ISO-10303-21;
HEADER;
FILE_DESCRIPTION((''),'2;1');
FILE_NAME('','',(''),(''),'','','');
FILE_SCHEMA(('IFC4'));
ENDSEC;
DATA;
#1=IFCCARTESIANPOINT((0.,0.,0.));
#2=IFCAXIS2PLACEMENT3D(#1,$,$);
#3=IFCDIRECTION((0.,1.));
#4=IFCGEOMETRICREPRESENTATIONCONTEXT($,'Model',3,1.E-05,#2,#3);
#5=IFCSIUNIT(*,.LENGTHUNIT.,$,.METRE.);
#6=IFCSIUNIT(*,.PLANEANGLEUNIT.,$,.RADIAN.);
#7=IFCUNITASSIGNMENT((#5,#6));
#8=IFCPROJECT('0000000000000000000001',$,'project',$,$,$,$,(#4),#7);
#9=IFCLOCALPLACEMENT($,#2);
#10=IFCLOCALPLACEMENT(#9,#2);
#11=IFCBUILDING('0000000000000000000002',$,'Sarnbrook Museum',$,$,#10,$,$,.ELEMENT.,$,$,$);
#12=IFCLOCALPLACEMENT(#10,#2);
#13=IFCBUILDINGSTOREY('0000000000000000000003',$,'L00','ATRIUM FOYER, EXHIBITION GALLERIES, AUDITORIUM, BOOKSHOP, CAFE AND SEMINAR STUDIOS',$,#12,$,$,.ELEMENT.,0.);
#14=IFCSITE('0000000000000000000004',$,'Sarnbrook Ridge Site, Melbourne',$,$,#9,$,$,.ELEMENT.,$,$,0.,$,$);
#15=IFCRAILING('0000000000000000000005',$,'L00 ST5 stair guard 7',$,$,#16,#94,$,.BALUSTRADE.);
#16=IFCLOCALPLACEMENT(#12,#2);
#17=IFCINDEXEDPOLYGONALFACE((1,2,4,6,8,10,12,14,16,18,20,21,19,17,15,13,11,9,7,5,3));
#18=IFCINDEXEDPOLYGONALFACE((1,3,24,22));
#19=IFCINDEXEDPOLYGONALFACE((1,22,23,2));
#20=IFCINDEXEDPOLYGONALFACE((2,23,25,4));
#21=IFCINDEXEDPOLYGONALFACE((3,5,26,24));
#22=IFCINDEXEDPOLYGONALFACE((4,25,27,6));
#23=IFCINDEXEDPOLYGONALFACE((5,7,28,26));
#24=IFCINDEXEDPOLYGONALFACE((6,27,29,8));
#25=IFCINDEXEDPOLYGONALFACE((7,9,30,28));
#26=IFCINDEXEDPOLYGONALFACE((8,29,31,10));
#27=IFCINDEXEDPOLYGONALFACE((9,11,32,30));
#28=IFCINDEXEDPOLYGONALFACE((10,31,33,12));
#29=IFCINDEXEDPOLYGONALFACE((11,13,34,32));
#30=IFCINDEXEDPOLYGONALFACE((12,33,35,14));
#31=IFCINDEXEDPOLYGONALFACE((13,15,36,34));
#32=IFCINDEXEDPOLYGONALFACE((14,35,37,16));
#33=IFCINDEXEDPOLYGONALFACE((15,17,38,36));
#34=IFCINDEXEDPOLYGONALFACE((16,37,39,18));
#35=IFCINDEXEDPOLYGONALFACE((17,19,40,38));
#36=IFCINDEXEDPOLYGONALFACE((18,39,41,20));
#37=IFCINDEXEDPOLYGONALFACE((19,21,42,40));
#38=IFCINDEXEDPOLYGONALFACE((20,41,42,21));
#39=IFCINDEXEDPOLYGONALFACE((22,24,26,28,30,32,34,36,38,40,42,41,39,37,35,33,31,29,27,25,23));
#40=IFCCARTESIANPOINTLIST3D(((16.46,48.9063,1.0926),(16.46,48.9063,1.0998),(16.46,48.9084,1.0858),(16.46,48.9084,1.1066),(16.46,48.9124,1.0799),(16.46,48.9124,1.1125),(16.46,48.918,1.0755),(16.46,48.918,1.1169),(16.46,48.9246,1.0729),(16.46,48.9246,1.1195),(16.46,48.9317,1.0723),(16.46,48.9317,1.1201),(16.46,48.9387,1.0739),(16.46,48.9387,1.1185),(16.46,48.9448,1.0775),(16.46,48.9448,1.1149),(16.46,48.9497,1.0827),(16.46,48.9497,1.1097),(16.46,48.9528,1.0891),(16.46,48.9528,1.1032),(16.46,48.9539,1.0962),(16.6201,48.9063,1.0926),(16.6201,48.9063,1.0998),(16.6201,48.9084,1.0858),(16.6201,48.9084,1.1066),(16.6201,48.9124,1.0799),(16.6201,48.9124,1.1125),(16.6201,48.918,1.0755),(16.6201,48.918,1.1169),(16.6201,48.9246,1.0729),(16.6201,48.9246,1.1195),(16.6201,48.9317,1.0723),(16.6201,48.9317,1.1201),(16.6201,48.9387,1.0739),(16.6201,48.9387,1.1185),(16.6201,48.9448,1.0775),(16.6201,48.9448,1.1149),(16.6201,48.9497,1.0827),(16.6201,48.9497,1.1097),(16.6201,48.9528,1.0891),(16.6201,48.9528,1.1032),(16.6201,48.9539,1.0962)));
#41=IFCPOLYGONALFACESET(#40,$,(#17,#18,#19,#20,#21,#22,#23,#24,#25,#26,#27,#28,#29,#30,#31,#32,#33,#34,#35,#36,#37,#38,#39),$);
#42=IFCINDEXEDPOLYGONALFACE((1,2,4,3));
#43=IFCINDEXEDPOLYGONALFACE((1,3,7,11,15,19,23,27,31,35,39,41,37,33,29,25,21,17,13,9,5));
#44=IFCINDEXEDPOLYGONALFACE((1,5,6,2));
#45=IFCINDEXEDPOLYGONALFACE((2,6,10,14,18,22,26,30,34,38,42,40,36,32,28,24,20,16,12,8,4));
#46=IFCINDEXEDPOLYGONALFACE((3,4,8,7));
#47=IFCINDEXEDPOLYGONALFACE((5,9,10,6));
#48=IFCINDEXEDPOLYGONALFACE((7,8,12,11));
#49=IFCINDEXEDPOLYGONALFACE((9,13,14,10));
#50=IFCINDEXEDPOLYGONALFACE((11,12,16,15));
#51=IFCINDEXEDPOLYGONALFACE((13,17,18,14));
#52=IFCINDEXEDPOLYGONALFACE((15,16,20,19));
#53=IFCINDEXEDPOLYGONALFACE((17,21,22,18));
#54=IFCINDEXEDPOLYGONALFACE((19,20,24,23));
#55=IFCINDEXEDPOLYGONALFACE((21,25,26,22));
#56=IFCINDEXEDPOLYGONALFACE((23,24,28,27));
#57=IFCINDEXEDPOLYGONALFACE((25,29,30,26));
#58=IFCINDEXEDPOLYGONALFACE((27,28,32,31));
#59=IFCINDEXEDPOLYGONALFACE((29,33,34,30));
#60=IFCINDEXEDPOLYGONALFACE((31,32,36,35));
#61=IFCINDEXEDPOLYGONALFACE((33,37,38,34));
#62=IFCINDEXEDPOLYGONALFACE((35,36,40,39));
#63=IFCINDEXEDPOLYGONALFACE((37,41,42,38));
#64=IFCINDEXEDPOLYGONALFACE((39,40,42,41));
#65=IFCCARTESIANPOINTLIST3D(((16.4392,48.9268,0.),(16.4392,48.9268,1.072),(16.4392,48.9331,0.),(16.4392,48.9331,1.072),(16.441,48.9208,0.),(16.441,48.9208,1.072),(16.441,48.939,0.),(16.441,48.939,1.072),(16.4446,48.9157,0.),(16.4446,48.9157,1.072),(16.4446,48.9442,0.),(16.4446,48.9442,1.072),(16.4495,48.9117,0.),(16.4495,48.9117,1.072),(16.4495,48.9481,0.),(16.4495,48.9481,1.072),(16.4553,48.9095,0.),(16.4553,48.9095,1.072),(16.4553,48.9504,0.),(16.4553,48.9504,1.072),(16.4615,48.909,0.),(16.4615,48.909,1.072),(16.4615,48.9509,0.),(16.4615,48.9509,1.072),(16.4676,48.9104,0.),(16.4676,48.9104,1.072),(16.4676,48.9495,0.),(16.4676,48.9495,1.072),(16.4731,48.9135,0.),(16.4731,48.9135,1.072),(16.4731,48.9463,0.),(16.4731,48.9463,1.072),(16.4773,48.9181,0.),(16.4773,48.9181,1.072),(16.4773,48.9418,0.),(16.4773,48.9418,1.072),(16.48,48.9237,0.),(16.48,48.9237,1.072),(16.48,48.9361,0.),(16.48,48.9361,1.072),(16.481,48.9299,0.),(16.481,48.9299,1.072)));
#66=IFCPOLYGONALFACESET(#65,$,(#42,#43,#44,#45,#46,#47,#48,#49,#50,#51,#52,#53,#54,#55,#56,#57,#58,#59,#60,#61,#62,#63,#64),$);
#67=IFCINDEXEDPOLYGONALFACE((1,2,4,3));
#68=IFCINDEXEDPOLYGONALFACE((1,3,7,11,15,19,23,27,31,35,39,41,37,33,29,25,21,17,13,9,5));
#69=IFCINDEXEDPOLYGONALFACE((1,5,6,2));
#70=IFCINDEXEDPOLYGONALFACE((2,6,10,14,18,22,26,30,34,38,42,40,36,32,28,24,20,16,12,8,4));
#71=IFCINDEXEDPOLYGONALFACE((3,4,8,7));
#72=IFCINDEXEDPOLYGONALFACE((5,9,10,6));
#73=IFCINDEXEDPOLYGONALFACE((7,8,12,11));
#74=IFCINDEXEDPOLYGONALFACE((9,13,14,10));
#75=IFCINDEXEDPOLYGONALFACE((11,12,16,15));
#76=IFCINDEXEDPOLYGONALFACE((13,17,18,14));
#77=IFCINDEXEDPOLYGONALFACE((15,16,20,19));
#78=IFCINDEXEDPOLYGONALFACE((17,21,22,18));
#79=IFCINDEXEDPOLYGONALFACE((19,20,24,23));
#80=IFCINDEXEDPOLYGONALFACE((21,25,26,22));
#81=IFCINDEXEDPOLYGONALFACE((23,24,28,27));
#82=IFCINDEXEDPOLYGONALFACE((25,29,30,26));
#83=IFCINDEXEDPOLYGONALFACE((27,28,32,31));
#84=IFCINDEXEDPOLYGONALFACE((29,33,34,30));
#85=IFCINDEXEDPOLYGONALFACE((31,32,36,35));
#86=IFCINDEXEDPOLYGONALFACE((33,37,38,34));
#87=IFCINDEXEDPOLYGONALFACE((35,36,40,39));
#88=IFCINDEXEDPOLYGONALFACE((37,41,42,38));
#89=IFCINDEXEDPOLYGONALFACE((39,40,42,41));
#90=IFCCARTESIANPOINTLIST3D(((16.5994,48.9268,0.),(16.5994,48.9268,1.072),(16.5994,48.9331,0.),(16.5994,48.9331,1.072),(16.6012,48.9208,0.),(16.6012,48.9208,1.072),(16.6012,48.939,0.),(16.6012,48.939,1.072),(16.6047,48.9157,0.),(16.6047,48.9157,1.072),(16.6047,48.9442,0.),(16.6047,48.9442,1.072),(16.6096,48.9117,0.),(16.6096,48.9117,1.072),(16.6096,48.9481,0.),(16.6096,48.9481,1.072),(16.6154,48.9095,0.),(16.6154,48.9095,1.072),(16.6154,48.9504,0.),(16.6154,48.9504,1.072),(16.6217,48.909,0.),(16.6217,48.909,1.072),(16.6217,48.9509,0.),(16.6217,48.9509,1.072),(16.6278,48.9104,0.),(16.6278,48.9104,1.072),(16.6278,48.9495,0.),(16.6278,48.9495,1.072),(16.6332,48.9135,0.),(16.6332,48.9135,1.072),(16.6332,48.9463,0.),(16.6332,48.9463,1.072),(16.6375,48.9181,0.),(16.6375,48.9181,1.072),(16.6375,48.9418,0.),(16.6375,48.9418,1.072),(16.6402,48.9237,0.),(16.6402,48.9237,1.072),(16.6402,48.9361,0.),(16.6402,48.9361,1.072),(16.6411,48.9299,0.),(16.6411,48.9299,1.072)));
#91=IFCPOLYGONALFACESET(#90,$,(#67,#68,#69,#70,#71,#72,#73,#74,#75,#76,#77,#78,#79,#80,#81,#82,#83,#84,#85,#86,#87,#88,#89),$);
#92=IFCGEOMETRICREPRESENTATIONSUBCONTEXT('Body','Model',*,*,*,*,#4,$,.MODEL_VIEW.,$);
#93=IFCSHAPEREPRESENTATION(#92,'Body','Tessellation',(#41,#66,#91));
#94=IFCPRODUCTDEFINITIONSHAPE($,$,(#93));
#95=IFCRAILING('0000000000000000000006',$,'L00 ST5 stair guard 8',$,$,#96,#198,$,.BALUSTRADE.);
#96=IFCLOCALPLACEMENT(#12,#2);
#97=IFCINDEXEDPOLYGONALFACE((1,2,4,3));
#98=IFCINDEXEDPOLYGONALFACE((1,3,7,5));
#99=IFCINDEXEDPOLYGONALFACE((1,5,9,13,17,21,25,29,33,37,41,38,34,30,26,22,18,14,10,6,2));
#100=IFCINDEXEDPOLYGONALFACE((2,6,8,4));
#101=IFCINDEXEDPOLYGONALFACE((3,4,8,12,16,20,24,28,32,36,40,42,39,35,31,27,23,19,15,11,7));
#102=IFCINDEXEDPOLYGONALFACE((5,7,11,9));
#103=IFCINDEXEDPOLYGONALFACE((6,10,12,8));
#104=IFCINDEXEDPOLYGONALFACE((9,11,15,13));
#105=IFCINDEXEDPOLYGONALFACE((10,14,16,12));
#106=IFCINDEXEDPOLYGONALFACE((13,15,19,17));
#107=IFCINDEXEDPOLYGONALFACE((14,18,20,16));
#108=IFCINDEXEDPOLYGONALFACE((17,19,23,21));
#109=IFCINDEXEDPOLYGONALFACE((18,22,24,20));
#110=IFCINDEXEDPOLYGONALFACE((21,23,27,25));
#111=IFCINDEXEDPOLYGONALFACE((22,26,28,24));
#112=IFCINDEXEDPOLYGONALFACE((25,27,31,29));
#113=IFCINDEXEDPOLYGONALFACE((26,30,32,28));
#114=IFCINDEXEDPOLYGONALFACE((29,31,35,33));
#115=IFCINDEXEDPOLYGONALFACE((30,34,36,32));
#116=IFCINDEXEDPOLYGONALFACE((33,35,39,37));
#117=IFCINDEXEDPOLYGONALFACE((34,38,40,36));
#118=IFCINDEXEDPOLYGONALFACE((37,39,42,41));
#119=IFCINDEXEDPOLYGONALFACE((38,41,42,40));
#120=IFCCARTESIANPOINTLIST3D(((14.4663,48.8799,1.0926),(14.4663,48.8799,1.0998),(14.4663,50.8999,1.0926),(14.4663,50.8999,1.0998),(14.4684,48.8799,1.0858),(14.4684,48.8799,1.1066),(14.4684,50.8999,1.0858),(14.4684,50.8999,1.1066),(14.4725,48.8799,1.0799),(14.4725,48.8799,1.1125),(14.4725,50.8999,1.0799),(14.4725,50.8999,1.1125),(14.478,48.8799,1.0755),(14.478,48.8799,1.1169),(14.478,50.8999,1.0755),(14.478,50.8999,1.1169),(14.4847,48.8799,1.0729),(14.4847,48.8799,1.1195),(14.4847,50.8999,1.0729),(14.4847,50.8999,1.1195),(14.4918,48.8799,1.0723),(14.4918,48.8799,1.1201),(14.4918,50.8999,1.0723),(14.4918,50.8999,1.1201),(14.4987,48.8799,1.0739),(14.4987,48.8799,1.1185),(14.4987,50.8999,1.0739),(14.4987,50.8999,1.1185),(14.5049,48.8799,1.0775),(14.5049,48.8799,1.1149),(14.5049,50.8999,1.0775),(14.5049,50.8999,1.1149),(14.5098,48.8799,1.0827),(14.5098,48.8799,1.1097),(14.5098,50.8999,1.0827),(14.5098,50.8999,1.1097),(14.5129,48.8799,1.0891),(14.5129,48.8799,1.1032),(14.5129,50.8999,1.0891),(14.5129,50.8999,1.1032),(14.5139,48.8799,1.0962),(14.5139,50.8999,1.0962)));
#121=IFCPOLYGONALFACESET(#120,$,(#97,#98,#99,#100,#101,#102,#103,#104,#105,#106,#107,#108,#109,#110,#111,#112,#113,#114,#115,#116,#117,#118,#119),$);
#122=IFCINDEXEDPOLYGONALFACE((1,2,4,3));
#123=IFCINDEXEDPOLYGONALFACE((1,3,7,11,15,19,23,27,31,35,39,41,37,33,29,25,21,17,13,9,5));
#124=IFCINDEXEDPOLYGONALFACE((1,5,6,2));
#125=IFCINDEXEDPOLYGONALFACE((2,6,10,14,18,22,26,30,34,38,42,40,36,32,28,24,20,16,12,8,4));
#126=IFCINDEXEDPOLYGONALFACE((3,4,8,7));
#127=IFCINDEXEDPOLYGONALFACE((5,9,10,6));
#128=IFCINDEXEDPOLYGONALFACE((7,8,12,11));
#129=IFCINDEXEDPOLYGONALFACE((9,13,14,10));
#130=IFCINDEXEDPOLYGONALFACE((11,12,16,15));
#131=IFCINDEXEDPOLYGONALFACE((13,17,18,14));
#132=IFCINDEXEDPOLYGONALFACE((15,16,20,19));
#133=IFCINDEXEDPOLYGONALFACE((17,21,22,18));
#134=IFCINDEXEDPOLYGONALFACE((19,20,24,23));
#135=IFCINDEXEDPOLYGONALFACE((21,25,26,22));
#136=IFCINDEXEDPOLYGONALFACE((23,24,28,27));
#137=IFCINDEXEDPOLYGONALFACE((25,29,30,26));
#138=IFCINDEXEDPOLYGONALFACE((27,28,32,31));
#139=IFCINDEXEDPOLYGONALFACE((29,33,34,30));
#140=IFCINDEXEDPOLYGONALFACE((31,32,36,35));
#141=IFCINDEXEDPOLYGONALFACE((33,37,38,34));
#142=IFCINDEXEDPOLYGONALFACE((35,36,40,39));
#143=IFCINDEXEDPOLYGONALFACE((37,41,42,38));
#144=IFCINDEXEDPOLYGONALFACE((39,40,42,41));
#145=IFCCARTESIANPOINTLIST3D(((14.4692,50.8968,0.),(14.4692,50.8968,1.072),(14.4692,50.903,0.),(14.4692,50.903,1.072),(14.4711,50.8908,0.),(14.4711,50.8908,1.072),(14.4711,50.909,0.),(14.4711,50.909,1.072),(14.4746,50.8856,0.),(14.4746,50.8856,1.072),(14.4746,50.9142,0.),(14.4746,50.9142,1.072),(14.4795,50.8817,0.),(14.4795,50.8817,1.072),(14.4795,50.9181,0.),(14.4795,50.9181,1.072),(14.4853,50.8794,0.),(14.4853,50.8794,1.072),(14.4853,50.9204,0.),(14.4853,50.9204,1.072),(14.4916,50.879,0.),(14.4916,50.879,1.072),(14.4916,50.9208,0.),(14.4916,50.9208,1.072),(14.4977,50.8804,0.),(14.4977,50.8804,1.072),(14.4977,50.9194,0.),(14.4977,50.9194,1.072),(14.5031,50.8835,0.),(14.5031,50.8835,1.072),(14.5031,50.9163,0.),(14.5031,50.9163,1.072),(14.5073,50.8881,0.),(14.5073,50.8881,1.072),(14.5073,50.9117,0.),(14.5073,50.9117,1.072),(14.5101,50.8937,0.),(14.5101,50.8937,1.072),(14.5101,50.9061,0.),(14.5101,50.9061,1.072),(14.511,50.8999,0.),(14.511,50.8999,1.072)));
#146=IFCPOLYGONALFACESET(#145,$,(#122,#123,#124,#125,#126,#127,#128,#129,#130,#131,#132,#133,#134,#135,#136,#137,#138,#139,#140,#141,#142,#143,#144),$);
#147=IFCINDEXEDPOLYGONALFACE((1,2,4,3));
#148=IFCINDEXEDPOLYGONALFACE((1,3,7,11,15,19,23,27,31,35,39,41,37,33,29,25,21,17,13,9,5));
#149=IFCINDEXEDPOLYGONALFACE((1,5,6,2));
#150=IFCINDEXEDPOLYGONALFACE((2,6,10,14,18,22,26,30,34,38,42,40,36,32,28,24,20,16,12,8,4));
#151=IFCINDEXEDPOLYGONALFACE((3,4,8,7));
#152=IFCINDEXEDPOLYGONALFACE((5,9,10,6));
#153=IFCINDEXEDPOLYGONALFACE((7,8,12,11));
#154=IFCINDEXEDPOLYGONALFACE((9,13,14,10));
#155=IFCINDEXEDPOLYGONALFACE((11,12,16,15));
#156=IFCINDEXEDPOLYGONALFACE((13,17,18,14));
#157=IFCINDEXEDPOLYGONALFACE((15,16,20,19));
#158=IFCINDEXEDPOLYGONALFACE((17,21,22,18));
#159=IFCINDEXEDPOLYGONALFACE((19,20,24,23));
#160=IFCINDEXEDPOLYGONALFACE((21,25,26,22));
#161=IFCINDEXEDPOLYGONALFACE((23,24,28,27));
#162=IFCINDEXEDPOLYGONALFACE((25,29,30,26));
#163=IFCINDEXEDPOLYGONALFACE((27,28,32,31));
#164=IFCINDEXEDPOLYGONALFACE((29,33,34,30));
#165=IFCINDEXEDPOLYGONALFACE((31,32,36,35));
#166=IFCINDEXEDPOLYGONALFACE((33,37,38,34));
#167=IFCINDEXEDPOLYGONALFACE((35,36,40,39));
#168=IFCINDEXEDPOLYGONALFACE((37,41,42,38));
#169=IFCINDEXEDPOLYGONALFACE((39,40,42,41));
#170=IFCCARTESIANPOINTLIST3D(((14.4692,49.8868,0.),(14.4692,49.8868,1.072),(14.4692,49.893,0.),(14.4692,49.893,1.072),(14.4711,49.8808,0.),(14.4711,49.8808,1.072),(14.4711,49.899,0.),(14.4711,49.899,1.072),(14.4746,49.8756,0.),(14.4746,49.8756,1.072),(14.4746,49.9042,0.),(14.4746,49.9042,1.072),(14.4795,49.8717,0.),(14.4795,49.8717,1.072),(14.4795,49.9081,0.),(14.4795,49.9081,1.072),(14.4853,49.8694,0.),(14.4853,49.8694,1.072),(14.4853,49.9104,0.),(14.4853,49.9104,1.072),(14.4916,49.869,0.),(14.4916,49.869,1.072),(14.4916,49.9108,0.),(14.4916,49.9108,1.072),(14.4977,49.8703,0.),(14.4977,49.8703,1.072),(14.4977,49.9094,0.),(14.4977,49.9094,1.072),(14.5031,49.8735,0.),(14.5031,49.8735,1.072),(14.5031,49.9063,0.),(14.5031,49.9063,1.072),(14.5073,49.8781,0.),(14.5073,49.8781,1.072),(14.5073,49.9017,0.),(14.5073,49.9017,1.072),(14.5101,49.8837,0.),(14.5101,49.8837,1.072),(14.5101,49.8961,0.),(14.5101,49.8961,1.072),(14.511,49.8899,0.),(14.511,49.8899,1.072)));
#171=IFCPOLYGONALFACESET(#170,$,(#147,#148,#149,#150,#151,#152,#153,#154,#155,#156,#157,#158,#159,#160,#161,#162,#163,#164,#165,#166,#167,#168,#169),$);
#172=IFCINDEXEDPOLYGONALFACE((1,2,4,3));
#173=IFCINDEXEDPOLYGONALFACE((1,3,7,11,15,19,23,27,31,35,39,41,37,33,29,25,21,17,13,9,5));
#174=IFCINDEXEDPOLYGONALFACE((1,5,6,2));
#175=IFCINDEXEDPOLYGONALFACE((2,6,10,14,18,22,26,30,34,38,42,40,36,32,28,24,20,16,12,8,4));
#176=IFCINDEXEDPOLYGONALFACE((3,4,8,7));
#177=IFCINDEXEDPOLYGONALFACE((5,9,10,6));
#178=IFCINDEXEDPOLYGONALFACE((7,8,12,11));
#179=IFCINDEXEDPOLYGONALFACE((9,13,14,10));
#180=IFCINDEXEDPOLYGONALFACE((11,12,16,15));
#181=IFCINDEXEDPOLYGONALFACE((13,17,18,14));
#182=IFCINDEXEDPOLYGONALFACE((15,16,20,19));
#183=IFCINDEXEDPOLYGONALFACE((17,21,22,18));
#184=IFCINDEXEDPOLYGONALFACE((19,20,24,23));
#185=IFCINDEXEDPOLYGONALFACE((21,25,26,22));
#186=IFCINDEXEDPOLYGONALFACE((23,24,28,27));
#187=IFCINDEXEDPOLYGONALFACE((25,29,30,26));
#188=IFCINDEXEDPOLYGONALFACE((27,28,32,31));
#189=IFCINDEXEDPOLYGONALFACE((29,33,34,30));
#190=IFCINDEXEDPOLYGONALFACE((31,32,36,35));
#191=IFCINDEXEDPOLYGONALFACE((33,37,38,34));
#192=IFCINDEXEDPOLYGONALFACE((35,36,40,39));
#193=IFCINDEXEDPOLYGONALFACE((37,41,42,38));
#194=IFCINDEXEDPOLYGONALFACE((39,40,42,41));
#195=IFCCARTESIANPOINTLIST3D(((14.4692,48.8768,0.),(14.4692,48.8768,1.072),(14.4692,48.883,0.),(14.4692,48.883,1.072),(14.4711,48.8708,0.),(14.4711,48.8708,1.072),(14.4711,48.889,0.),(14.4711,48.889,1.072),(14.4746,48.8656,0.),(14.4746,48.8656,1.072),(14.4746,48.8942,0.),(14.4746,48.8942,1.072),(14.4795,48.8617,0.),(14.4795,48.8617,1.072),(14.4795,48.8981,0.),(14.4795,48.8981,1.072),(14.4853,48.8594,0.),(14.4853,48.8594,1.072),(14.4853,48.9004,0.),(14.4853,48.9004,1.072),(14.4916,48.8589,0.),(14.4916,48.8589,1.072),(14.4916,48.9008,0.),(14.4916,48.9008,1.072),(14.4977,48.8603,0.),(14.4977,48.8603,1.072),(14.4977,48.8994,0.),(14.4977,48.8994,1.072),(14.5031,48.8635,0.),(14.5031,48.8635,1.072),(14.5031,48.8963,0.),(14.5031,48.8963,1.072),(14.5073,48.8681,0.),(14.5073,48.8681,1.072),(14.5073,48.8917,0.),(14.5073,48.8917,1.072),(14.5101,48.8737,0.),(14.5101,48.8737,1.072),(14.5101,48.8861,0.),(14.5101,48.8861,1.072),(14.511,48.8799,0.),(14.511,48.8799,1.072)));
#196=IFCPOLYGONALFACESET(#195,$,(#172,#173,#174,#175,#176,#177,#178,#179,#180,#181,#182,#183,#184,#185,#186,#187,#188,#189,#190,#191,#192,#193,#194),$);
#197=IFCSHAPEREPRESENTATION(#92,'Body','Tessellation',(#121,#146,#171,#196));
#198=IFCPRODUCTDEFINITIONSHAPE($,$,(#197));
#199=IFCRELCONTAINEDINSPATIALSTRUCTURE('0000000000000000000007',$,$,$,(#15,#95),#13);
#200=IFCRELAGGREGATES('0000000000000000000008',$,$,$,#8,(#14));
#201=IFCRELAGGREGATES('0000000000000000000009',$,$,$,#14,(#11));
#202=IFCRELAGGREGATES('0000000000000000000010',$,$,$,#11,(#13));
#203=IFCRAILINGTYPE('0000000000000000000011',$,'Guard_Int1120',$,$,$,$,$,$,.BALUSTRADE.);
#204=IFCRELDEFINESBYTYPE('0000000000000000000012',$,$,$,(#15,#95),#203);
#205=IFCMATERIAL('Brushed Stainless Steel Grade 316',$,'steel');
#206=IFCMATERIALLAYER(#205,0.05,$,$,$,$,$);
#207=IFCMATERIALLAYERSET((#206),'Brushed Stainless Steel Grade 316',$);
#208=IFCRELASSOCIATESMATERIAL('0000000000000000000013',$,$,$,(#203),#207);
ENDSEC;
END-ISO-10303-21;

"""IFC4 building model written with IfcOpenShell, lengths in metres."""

from ifc_helpers import new_model, si_unit, direction, frame, origin, origin_2d, place, context, subcontext, project, spatial, circle, extrude, material, layer, layer_set, type_object, element, save


model = new_model("IFC4")

# Units and contexts
model_context = context("Model", 3, precision=1e-05, world=origin(), true_north=direction((0.0, 1.0)))
body_context = subcontext(model_context, "Body", "Model", "MODEL_VIEW")
ifc_project = project(units=[si_unit("LENGTHUNIT", "METRE"), si_unit("PLANEANGLEUNIT", "RADIAN")], contexts=[model_context])

# Site, building, storey
site_placement = place(None, origin())
site = spatial("IfcSite", under=ifc_project, at=site_placement, Name="Sarnbrook Ridge Site, Melbourne", CompositionType="ELEMENT", RefElevation=0.0)
building_placement = place(site_placement, origin())
building = spatial("IfcBuilding", under=site, at=building_placement, Name="Sarnbrook Museum", CompositionType="ELEMENT")
storey_placement = place(building_placement, origin())
storey = spatial("IfcBuildingStorey", under=building, at=storey_placement, Name="L00", Description="ATRIUM FOYER, EXHIBITION GALLERIES, AUDITORIUM, BOOKSHOP, CAFE AND SEMINAR STUDIOS", CompositionType="ELEMENT", Elevation=0.0)

# Railings
ifc_material_1 = material(Name="Brushed Stainless Steel Grade 316", Category="steel")
ifc_layer_1 = layer(ifc_material_1, 0.05)
ifc_layer_set_1 = layer_set([ifc_layer_1], Name="Brushed Stainless Steel Grade 316")
railing_type_1 = type_object("IfcRailingType", Name="Guard_Int1120", PredefinedType="BALUSTRADE", material=ifc_layer_set_1)
railing_1_placement = place(storey_placement, frame((16.46, 48.9299, 0.0)))
element("IfcRailing", 1, at=railing_1_placement, inside=storey, type_object=railing_type_1, Name="L00 ST5 stair guard 7", PredefinedType="BALUSTRADE", context=body_context, shape_type="SweptSolid", body=[
    extrude(circle(Radius=0.0239, at=origin_2d()), frame((0.0, 0.0, 1.0962), z_axis=(1.0, 0.0, 0.0), x_axis=(0.0, 1.0, 0.0)), (0.0, 0.0, 1.0), 0.1602),
    extrude(circle(Radius=0.021, at=origin_2d()), origin(), (0.0, 0.0, 1.0), 1.072),
    extrude(circle(Radius=0.021, at=origin_2d()), frame((0.1602, 0.0, 0.0)), (0.0, 0.0, 1.0), 1.072),
])
for number, where, name in (
    (2, (14.49, 50.8999, 0.0), "L00 ST5 stair guard 8"),
):
    element("IfcRailing", number, at=place(storey_placement, frame(where)), inside=storey, type_object=railing_type_1, Name=name, PredefinedType="BALUSTRADE", context=body_context, shape_type="SweptSolid", body=[
        extrude(circle(Radius=0.0239, at=origin_2d()), frame((0.0, 0.0, 1.0962), z_axis=(0.0, -1.0, 0.0), x_axis=(1.0, 0.0, 0.0)), (0.0, 0.0, 1.0), 2.02),
        extrude(circle(Radius=0.021, at=origin_2d()), origin(), (0.0, 0.0, 1.0), 1.072),
        extrude(circle(Radius=0.021, at=origin_2d()), frame((0.0, -1.01, 0.0)), (0.0, 0.0, 1.0), 1.072),
        extrude(circle(Radius=0.021, at=origin_2d()), frame((0.0, -2.02, 0.0)), (0.0, 0.0, 1.0), 1.072),
    ])

save(model, "model.ifc")
